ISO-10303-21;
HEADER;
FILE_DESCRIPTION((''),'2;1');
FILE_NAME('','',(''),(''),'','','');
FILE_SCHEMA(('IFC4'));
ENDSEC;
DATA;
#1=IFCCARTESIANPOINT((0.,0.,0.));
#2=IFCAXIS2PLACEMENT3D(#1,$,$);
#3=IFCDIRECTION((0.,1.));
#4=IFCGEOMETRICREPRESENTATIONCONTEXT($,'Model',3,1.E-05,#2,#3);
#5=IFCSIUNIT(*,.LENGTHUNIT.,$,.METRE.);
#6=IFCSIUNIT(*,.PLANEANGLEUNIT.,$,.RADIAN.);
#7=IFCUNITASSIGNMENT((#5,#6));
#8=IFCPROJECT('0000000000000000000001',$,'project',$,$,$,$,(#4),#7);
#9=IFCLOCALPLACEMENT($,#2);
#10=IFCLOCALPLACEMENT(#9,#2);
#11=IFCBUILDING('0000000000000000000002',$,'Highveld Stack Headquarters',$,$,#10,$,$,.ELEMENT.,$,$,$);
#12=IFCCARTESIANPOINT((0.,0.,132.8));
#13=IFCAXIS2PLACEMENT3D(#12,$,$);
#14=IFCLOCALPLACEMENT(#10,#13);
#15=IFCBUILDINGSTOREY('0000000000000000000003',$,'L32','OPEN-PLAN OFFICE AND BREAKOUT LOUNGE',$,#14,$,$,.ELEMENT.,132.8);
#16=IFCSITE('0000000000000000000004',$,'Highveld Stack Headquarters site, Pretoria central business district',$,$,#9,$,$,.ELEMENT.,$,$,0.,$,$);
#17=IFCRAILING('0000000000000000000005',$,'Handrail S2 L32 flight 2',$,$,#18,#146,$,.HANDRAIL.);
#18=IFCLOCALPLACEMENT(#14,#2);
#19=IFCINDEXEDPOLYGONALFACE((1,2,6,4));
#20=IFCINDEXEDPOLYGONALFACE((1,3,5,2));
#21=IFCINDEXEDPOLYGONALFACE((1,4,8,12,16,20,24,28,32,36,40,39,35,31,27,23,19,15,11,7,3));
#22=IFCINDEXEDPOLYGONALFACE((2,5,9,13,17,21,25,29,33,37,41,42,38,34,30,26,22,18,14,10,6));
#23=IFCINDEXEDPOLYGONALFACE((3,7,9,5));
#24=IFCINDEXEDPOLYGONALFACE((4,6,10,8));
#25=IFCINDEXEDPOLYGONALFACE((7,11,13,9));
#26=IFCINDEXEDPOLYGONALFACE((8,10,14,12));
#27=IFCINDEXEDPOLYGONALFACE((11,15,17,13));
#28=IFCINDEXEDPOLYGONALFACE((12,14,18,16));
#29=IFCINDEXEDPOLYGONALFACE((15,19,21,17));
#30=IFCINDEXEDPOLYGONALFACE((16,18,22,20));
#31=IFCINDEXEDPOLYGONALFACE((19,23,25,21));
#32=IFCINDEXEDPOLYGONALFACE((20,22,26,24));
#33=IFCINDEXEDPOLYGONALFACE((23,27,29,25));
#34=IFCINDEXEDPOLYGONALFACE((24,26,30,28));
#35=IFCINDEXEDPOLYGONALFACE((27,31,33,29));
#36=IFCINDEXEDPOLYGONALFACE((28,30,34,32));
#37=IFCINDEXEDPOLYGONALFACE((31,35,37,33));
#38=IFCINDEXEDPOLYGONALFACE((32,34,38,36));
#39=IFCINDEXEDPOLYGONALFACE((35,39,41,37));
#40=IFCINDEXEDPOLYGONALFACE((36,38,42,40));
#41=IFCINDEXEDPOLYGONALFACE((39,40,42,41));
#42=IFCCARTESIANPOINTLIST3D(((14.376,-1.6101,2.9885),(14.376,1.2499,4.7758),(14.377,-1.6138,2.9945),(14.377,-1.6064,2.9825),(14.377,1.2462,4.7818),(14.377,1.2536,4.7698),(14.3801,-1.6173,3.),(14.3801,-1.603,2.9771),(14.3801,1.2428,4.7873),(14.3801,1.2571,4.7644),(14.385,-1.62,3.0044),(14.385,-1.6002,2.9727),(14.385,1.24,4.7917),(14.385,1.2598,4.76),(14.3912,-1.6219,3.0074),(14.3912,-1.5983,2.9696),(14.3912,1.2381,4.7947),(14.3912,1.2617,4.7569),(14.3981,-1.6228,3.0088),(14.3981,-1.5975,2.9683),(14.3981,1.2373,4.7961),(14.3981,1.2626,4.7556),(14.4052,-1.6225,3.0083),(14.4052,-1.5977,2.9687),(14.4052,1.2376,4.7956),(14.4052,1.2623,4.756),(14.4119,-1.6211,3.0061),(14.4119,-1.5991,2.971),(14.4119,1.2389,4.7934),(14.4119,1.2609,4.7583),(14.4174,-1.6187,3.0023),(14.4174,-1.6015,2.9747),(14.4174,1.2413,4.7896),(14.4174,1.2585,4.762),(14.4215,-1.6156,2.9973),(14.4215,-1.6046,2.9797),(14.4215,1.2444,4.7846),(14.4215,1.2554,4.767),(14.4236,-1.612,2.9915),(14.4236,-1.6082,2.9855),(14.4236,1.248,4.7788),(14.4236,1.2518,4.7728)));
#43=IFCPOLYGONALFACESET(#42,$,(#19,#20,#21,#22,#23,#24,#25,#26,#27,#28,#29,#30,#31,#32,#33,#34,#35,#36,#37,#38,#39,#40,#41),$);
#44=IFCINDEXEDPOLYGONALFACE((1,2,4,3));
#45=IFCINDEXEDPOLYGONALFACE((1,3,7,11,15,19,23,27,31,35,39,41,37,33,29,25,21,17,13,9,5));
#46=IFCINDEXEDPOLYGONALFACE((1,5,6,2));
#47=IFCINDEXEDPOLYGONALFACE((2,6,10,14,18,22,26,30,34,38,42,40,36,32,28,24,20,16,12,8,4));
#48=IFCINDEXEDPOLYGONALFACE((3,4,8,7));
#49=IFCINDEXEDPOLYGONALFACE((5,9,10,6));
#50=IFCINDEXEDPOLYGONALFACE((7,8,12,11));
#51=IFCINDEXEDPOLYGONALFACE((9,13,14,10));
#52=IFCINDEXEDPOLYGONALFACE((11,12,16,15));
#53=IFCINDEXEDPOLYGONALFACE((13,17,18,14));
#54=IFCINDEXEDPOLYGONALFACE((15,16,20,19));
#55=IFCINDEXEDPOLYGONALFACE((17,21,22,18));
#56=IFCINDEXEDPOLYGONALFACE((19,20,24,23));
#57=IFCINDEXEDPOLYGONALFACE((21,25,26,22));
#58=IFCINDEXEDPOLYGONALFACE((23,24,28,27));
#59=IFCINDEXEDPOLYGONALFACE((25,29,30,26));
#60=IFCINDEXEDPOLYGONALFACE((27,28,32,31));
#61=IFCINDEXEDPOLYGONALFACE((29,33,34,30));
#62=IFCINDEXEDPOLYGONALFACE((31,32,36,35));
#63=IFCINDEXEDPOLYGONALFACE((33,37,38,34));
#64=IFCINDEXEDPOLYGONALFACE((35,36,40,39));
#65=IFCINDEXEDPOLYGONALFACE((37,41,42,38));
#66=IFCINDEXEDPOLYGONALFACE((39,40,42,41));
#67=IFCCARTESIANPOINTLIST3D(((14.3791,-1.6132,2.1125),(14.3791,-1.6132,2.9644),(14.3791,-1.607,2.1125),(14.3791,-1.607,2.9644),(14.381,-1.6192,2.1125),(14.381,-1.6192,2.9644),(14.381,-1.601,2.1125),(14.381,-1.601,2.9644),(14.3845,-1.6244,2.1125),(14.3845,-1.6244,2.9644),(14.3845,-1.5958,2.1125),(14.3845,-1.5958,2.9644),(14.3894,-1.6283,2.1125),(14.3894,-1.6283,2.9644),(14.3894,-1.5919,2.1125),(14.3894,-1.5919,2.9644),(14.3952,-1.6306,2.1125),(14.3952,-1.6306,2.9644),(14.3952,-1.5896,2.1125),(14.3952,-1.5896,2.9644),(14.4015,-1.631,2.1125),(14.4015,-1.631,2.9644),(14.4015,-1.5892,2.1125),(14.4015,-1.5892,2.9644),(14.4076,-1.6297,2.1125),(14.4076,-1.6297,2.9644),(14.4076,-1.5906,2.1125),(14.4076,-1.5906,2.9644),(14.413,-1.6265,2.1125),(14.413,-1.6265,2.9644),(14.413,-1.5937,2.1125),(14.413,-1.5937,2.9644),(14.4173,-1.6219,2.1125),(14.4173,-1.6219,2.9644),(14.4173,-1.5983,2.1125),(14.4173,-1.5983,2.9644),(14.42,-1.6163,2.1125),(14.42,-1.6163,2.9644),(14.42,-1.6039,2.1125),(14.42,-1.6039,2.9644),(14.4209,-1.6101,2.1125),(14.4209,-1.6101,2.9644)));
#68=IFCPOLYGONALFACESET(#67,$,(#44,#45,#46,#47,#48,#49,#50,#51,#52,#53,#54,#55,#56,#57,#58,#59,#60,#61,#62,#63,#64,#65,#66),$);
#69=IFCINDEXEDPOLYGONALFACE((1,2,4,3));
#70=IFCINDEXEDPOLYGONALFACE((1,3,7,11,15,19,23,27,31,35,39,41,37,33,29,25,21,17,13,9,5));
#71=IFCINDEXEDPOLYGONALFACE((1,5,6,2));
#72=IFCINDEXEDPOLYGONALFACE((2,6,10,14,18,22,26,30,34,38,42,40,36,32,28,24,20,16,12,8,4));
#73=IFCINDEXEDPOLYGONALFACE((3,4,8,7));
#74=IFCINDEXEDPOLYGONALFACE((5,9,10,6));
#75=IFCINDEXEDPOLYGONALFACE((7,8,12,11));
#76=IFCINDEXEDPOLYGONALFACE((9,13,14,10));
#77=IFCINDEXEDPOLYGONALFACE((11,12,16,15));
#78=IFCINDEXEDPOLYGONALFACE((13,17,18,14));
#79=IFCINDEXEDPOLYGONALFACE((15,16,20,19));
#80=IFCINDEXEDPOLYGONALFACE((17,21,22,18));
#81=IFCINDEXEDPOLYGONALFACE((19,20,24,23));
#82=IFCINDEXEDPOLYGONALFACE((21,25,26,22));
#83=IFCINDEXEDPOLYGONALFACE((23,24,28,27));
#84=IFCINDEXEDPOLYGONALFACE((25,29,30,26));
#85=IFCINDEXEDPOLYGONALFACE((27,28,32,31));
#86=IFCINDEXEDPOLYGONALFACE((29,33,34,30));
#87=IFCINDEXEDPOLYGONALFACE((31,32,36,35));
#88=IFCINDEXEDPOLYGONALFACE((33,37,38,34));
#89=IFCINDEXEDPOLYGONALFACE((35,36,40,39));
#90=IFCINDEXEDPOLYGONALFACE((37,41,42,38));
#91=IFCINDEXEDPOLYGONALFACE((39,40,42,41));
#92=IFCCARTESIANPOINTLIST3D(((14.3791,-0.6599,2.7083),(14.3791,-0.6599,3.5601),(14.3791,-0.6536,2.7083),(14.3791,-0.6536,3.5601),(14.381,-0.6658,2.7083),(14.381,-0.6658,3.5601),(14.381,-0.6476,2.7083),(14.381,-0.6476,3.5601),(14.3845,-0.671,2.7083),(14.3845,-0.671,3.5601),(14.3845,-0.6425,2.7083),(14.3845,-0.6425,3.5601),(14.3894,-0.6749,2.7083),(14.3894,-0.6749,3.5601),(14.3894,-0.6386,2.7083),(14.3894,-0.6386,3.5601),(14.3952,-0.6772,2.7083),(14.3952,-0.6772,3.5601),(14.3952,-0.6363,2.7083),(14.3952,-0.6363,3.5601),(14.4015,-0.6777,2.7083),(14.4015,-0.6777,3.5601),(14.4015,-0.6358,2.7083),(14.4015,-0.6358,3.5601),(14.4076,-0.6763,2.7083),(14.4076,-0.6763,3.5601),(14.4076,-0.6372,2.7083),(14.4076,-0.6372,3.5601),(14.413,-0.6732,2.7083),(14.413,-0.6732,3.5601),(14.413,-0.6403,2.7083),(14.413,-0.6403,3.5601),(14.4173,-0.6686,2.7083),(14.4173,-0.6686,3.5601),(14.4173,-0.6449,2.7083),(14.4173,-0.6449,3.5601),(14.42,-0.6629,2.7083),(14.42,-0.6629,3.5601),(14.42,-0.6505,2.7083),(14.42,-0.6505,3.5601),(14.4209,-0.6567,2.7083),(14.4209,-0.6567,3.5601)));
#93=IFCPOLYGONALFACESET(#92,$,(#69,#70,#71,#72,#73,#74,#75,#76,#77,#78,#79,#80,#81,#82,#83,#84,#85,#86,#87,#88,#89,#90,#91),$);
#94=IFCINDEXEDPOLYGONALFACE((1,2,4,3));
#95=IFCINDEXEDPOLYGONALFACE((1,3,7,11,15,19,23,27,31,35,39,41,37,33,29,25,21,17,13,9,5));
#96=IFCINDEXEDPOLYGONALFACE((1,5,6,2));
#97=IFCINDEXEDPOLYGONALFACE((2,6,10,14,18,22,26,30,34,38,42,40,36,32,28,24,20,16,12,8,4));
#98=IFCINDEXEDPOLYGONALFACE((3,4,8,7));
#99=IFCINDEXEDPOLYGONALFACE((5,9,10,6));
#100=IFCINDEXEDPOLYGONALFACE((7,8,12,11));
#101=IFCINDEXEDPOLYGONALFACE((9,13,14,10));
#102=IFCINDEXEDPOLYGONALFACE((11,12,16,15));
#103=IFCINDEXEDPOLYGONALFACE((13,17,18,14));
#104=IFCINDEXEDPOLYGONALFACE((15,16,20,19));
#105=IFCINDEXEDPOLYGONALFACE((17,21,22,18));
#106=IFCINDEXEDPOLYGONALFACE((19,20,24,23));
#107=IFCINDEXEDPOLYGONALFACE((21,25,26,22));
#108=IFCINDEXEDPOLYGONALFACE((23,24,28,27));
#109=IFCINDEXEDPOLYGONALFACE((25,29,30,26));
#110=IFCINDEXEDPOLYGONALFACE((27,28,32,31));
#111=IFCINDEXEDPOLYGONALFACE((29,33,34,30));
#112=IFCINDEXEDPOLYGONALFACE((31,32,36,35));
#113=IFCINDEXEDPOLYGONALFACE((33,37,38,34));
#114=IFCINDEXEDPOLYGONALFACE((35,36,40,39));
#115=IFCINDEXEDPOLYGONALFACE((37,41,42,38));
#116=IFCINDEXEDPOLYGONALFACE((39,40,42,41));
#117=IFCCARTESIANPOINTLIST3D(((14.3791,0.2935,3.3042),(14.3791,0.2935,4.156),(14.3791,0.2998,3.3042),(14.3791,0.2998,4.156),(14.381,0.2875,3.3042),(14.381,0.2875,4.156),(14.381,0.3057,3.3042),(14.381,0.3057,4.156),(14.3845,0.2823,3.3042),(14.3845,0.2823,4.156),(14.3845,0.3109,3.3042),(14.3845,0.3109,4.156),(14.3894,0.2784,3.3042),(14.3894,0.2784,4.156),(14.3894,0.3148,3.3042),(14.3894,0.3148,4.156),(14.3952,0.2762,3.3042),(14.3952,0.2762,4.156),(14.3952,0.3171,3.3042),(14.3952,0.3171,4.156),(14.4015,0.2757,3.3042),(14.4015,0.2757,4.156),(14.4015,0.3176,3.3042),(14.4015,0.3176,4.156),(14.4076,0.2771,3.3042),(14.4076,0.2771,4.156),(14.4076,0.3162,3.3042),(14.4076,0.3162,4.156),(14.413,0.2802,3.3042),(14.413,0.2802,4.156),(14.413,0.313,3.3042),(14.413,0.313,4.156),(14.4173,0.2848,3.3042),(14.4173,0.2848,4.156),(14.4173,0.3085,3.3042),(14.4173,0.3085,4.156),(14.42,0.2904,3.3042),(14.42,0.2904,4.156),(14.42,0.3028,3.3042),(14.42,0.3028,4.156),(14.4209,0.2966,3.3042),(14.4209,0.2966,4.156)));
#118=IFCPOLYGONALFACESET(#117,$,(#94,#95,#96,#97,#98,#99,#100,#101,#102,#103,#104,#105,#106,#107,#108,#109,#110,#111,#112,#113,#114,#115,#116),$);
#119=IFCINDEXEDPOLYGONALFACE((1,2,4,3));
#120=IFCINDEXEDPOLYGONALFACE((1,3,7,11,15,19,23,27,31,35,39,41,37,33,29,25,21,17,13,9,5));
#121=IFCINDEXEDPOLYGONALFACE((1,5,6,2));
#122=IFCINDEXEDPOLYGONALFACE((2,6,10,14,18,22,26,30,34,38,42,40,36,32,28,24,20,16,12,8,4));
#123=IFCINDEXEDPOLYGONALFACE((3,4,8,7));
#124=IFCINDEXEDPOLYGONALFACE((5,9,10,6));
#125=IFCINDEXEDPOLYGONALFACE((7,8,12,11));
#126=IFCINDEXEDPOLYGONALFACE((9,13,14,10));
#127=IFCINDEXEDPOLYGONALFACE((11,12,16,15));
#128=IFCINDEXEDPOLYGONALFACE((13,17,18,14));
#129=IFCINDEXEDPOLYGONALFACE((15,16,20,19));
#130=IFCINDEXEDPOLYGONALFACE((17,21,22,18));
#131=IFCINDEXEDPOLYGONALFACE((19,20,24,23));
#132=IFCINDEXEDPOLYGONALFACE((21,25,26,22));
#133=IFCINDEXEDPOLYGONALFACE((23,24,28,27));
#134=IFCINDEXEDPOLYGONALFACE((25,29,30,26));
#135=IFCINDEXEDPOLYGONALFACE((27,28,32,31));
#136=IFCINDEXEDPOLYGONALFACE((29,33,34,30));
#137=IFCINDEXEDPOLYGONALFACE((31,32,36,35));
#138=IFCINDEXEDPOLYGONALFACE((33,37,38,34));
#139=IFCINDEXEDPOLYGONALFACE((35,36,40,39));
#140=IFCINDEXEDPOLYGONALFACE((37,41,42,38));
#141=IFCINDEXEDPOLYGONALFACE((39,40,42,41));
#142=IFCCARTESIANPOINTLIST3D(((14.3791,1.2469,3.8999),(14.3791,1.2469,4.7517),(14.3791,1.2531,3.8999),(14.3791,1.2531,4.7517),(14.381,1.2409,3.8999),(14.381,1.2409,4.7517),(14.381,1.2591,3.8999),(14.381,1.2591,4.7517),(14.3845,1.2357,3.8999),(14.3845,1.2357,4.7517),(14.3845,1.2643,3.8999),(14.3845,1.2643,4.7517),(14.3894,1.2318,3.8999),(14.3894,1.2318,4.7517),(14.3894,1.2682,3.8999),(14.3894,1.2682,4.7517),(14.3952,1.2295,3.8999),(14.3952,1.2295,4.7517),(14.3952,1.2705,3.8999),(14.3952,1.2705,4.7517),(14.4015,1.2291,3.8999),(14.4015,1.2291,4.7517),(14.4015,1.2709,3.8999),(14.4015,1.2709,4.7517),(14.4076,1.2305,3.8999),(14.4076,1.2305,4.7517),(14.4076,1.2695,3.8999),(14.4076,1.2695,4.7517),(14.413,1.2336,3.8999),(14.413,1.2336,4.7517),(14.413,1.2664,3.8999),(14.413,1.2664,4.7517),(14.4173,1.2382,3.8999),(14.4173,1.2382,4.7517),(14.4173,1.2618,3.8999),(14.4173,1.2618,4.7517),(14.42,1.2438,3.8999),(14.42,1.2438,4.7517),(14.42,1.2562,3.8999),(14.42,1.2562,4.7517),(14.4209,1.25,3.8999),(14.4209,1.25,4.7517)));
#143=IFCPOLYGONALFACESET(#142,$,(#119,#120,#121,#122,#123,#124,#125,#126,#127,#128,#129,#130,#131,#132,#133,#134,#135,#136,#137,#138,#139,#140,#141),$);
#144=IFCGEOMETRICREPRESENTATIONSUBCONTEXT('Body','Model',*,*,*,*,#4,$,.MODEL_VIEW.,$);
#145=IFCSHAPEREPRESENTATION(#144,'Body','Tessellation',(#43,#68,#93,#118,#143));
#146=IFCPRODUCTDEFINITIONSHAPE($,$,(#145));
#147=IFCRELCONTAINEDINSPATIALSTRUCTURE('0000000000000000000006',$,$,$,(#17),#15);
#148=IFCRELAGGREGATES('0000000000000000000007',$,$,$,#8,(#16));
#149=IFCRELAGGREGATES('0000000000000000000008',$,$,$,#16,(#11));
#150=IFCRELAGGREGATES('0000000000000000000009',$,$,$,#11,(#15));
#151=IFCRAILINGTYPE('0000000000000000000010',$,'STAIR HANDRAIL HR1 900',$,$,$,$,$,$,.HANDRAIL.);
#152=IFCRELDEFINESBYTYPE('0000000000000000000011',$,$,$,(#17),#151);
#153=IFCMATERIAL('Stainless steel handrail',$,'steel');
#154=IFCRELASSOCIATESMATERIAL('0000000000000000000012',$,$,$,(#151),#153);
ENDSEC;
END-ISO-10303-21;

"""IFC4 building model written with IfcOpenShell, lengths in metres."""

from ifc_helpers import new_model, si_unit, direction, frame, origin, origin_2d, place, context, subcontext, project, spatial, circle, extrude, material, type_object, element, save


model = new_model("IFC4")

# Units and contexts
model_context = context("Model", 3, precision=1e-05, world=origin(), true_north=direction((0.0, 1.0)))
body_context = subcontext(model_context, "Body", "Model", "MODEL_VIEW")
ifc_project = project(units=[si_unit("LENGTHUNIT", "METRE"), si_unit("PLANEANGLEUNIT", "RADIAN")], contexts=[model_context])

# Site, building, storey
site_placement = place(None, origin())
site = spatial("IfcSite", under=ifc_project, at=site_placement, Name="Highveld Stack Headquarters site, Pretoria central business district", CompositionType="ELEMENT", RefElevation=0.0)
building_placement = place(site_placement, origin())
building = spatial("IfcBuilding", under=site, at=building_placement, Name="Highveld Stack Headquarters", CompositionType="ELEMENT")
storey_placement = place(building_placement, frame((0.0, 0.0, 132.8)))
storey = spatial("IfcBuildingStorey", under=building, at=storey_placement, Name="L32", Description="OPEN-PLAN OFFICE AND BREAKOUT LOUNGE", CompositionType="ELEMENT", Elevation=132.8)

# Railing
ifc_material_1 = material(Name="Stainless steel handrail", Category="steel")
railing_type = type_object("IfcRailingType", Name="STAIR HANDRAIL HR1 900", PredefinedType="HANDRAIL", material=ifc_material_1)
railing_placement = place(storey_placement, frame((14.3999, -1.6101, 2.1125)))
element("IfcRailing", 1, at=railing_placement, inside=storey, type_object=railing_type, Name="Handrail S2 L32 flight 2", PredefinedType="HANDRAIL", context=body_context, shape_type="SweptSolid", body=[
    extrude(circle(Radius=0.0239, at=origin_2d()), frame((0.0, 0.0, 0.876), z_axis=(0.0, 0.848027, 0.529953), x_axis=(-1.0, 0.0, 0.0)), (0.0, 0.0, 1.0), 3.3726),
    extrude(circle(Radius=0.021, at=origin_2d()), origin(), (0.0, 0.0, 1.0), 0.8518),
    extrude(circle(Radius=0.021, at=origin_2d()), frame((0.0, 0.9534, 0.5957)), (0.0, 0.0, 1.0), 0.8518),
    extrude(circle(Radius=0.021, at=origin_2d()), frame((0.0, 1.9067, 1.1917)), (0.0, 0.0, 1.0), 0.8518),
    extrude(circle(Radius=0.021, at=origin_2d()), frame((0.0, 2.8601, 1.7874)), (0.0, 0.0, 1.0), 0.8518),
])

save(model, "model.ifc")
